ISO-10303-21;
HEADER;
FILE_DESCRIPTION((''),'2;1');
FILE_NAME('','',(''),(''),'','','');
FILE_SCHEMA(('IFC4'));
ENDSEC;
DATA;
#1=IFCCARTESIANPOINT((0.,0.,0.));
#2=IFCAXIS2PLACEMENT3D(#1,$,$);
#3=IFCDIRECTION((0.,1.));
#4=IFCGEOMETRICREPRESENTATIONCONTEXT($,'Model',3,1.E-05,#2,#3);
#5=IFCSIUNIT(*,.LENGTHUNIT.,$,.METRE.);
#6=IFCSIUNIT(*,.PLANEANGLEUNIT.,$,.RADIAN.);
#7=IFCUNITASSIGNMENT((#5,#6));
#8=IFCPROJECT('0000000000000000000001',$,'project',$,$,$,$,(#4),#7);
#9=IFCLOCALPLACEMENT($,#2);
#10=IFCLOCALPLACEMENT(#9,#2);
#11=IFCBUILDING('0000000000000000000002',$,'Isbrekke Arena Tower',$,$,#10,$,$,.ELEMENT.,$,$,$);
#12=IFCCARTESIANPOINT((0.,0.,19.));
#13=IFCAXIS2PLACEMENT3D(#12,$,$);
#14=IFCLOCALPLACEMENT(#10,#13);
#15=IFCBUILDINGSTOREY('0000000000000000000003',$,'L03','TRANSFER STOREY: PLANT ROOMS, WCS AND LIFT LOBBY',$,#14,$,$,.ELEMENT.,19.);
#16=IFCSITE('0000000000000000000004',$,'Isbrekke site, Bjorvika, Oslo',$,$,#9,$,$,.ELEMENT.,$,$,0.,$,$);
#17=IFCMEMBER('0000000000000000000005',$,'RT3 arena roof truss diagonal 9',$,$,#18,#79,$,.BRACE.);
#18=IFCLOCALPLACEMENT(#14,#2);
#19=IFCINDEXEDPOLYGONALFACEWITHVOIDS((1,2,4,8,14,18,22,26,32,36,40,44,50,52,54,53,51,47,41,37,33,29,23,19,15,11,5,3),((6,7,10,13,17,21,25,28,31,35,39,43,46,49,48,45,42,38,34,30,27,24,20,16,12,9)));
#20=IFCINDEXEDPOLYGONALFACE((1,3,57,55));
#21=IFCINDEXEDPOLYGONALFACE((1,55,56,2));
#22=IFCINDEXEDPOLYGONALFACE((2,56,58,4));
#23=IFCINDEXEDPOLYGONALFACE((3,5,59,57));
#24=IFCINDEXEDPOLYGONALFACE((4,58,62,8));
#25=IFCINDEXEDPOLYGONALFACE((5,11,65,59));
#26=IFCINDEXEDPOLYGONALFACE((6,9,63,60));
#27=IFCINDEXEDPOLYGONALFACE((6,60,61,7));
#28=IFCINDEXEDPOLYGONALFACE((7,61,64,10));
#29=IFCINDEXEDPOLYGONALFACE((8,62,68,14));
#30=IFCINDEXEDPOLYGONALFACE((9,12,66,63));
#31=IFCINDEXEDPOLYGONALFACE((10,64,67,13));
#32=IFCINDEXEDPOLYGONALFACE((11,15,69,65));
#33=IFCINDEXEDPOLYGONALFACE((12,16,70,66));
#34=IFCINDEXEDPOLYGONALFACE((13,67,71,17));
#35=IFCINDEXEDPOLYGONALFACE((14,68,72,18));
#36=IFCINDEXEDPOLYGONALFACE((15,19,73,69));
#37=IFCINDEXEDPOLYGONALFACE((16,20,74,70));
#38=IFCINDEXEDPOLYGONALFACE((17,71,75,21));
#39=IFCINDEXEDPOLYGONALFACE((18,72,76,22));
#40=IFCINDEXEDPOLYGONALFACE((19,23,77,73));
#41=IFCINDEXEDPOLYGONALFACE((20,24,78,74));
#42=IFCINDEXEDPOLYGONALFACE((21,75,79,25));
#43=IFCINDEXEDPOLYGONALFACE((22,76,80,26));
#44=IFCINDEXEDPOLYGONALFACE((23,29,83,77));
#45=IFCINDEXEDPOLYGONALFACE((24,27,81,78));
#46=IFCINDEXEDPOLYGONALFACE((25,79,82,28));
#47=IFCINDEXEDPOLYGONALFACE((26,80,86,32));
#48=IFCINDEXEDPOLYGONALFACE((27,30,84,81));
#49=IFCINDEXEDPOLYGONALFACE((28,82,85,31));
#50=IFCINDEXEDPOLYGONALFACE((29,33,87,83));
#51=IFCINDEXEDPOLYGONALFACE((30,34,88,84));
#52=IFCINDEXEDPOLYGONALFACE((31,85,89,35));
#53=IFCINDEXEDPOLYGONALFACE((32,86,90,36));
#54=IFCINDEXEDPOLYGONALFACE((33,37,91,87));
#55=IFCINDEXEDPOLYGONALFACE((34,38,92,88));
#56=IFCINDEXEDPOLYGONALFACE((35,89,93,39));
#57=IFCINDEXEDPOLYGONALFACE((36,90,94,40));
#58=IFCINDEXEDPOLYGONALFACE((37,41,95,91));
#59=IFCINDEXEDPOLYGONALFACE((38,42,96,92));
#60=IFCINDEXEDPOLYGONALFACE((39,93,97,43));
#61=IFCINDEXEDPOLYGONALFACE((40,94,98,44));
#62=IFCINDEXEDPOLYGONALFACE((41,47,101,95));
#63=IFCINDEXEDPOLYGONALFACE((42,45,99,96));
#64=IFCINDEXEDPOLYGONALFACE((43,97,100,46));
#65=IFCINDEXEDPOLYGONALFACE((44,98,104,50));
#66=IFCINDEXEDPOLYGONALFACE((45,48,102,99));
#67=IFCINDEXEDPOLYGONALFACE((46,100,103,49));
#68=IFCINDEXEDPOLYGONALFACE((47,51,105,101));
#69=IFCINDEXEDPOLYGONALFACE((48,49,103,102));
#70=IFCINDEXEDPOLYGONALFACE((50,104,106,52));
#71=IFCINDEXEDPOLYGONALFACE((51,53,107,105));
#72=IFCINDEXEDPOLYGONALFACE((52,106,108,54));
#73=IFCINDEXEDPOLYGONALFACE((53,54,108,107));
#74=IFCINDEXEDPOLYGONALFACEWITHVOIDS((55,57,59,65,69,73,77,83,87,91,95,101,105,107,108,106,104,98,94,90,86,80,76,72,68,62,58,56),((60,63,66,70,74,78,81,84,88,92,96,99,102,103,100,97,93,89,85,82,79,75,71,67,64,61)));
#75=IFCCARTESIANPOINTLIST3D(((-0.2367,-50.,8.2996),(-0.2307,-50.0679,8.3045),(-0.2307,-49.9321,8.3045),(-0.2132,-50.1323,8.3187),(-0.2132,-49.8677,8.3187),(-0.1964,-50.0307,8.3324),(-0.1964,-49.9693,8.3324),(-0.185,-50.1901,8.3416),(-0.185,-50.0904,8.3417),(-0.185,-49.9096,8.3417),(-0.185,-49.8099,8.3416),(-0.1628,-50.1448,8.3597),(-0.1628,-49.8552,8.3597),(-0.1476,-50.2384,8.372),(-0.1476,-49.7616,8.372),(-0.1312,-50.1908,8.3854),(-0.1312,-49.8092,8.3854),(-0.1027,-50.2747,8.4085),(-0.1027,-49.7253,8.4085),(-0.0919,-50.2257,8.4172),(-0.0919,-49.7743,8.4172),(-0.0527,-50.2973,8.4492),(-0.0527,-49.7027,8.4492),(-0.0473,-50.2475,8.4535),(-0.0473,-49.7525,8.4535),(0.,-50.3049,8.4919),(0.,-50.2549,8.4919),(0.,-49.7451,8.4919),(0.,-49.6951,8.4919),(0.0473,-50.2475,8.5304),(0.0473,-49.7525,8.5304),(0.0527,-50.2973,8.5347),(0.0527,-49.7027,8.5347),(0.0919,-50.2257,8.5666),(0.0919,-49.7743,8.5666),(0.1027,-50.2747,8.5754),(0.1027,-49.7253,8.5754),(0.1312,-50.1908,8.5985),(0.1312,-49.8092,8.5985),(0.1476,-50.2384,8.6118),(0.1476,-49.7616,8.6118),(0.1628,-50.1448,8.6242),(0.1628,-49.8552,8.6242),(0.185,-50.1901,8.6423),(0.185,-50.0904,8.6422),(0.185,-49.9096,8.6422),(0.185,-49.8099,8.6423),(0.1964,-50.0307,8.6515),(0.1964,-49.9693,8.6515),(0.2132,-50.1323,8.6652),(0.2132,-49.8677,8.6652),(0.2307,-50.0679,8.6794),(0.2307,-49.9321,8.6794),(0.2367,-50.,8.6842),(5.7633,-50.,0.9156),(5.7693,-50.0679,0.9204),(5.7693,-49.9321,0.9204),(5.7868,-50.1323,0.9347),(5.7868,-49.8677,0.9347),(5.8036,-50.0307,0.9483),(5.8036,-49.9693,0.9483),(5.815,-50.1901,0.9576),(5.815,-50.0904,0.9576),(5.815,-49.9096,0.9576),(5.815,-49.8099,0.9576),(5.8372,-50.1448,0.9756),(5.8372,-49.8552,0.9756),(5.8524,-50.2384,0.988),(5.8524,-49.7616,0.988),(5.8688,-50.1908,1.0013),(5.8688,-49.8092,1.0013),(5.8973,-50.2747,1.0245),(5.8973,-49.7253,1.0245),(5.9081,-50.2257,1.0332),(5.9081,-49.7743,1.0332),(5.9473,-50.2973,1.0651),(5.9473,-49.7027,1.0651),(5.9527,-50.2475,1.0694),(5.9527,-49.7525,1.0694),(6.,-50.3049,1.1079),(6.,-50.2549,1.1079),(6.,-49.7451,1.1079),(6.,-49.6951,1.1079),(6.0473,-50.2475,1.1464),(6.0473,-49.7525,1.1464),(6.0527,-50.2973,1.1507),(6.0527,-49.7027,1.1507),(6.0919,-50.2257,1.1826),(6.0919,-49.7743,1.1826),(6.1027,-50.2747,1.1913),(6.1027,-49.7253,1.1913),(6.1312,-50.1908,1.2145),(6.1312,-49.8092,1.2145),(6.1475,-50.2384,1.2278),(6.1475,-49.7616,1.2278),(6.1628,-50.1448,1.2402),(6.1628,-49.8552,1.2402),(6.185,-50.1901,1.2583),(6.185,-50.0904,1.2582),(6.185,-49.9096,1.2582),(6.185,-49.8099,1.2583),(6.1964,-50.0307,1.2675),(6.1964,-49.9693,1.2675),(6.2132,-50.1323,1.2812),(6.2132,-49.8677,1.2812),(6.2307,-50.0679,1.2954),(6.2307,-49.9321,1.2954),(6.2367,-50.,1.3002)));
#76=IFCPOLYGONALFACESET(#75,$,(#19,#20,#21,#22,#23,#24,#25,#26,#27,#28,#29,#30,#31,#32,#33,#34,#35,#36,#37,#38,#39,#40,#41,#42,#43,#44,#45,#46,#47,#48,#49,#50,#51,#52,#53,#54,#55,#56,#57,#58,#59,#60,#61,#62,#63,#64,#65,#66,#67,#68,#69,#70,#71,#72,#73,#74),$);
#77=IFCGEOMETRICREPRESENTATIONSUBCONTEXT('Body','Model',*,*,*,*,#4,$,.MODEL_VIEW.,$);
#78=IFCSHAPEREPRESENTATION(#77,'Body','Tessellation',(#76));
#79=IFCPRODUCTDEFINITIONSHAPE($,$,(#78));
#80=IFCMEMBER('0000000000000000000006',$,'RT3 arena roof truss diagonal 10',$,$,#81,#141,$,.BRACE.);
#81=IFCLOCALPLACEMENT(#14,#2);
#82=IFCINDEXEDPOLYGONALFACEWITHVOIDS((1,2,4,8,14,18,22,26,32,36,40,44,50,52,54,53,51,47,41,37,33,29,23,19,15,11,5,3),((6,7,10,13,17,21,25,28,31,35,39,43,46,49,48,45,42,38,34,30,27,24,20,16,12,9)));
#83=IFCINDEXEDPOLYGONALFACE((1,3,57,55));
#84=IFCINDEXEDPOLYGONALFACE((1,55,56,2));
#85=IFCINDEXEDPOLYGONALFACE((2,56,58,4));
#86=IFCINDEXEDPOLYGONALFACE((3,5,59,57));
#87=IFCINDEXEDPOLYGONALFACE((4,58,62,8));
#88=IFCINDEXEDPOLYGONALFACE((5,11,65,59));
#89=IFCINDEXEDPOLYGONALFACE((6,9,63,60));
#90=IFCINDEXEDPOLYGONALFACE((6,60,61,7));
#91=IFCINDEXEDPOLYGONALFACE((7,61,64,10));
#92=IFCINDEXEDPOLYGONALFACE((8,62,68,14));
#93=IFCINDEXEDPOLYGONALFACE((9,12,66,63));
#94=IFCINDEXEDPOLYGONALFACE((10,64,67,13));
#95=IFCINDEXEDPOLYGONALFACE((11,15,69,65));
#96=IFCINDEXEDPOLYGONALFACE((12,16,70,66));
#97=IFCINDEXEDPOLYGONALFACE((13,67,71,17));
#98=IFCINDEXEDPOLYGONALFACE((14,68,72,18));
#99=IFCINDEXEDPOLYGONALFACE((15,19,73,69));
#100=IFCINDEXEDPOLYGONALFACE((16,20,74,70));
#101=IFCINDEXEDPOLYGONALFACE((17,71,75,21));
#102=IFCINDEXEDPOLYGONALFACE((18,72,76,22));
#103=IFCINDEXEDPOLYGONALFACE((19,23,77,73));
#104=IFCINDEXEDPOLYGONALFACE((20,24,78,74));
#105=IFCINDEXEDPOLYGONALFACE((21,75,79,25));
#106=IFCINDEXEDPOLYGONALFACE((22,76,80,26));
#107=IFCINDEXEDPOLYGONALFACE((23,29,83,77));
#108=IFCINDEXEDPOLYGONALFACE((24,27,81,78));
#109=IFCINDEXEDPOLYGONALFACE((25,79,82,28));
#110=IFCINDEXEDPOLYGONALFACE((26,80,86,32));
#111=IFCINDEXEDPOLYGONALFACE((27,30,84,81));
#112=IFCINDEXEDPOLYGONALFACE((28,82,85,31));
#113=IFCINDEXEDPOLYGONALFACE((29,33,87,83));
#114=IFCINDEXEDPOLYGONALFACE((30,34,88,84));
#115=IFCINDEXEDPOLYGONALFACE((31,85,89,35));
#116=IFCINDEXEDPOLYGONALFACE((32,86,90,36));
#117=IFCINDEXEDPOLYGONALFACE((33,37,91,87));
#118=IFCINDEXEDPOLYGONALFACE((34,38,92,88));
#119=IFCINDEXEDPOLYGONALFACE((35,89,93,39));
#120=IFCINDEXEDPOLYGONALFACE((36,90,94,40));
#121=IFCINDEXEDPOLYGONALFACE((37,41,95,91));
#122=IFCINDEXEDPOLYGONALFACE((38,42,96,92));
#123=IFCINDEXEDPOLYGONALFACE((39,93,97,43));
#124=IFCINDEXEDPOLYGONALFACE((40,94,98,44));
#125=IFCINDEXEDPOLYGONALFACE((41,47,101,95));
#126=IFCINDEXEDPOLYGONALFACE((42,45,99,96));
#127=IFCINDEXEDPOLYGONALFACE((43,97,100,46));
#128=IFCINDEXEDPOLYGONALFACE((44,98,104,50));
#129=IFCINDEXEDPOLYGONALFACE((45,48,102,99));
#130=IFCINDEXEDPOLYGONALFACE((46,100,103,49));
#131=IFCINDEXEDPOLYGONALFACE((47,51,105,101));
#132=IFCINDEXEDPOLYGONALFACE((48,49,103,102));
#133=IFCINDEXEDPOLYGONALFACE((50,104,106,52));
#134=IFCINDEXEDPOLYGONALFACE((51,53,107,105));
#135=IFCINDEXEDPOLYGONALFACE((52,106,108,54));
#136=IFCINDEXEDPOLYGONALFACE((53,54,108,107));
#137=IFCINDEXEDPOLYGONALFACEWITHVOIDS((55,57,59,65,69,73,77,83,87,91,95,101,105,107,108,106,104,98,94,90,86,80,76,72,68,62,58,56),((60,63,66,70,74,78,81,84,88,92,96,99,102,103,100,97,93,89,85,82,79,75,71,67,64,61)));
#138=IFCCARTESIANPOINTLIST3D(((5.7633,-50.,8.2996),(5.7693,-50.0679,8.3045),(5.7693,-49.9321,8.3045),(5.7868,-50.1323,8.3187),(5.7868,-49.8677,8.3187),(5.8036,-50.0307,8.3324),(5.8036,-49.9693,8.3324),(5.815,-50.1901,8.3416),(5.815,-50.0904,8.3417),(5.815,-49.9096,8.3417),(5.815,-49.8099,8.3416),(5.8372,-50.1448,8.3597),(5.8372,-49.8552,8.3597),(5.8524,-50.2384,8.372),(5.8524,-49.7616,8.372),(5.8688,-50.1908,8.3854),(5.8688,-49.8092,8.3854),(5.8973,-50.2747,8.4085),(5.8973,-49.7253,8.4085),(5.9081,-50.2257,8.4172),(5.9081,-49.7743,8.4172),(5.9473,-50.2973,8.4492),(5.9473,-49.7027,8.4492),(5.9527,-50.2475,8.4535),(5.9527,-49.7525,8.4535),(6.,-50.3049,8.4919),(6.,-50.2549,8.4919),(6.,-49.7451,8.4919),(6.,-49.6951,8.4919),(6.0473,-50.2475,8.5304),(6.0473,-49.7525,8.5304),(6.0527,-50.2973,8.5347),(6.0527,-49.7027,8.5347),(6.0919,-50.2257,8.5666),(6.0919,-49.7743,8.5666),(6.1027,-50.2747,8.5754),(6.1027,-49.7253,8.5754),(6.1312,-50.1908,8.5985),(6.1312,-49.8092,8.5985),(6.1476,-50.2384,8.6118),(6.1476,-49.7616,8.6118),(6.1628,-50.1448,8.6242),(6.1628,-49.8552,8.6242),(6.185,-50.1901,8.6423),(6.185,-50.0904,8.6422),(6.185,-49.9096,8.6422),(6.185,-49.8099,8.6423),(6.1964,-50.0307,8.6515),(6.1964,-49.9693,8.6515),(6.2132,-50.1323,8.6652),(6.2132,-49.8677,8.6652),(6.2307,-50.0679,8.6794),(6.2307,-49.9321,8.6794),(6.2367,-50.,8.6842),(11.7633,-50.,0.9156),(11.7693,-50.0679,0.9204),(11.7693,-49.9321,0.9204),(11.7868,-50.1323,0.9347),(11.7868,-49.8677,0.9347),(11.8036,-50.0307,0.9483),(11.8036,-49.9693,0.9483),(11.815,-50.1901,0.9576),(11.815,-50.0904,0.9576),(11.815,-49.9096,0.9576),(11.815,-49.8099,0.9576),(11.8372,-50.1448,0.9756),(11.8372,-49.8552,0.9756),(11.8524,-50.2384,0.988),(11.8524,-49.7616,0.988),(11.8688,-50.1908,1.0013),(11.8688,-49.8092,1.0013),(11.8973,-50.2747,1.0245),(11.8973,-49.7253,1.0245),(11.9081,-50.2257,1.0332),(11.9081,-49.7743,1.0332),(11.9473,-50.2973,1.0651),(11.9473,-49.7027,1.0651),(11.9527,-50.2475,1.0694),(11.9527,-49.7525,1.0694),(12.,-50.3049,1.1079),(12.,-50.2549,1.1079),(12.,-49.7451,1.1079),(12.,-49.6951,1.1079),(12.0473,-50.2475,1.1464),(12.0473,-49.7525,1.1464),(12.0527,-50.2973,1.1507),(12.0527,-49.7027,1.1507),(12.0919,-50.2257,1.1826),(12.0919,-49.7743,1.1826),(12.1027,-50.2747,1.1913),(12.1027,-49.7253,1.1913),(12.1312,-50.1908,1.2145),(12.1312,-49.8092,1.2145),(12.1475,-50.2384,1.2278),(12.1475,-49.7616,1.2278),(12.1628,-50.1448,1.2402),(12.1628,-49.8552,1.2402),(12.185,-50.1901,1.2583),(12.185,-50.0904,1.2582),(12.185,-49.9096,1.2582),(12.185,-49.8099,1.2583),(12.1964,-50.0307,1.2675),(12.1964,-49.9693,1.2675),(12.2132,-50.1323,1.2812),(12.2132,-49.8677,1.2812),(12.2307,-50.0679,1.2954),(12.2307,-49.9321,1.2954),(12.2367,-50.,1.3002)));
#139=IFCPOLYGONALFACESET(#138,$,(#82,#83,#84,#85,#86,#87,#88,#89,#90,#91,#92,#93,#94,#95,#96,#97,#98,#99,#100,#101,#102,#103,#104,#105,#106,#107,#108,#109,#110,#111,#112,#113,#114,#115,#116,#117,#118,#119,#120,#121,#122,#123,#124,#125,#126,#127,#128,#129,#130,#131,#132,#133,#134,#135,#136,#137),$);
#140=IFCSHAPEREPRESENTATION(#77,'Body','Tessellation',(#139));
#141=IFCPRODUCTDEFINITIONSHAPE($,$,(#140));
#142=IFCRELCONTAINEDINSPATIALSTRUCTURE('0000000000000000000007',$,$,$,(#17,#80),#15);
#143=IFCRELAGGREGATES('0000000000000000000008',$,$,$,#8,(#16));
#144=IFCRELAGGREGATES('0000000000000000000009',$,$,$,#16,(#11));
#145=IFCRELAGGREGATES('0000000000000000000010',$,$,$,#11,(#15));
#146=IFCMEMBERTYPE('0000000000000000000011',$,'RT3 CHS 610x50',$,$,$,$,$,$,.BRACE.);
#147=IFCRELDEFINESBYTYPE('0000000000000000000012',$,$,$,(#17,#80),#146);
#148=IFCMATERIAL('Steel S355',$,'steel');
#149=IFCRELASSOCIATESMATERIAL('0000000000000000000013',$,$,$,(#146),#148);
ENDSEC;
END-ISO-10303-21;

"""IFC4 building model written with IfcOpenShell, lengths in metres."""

from ifc_helpers import new_model, si_unit, direction, frame, origin, origin_2d, place, context, subcontext, project, spatial, hollow_circle, extrude, material, material_profile, profile_set, type_object, element, save


model = new_model("IFC4")

# Units and contexts
model_context = context("Model", 3, precision=1e-05, world=origin(), true_north=direction((0.0, 1.0)))
body_context = subcontext(model_context, "Body", "Model", "MODEL_VIEW")
ifc_project = project(units=[si_unit("LENGTHUNIT", "METRE"), si_unit("PLANEANGLEUNIT", "RADIAN")], contexts=[model_context])

# Site, building, storey
site_placement = place(None, origin())
site = spatial("IfcSite", under=ifc_project, at=site_placement, Name="Isbrekke site, Bjorvika, Oslo", CompositionType="ELEMENT", RefElevation=0.0)
building_placement = place(site_placement, origin())
building = spatial("IfcBuilding", under=site, at=building_placement, Name="Isbrekke Arena Tower", CompositionType="ELEMENT")
storey_placement = place(building_placement, frame((0.0, 0.0, 19.0)))
storey = spatial("IfcBuildingStorey", under=building, at=storey_placement, Name="L03", Description="TRANSFER STOREY: PLANT ROOMS, WCS AND LIFT LOBBY", CompositionType="ELEMENT", Elevation=19.0)

# Members
ifc_material_1 = material(Name="Steel S355", Category="steel")
ifc_material_profile_1 = material_profile(ifc_material_1, hollow_circle(Radius=0.3049, WallThickness=0.05, at=origin_2d()), Name="CHS 610x50")
ifc_profile_set_1 = profile_set([ifc_material_profile_1], Name="Steel S355")
member_type_1 = type_object("IfcMemberType", Name="RT3 CHS 610x50", PredefinedType="BRACE", material=ifc_profile_set_1)
for number, where, z_axis, x_axis, name in (
    (1, (0.0, -50.0, 8.4919), (0.630623, 0.0, -0.77609), (0.0, 1.0, 0.0), "RT3 arena roof truss diagonal 9"),
    (2, (6.0, -50.0, 8.4919), (0.630623, 0.0, -0.77609), (0.0, 1.0, 0.0), "RT3 arena roof truss diagonal 10"),
):
    element("IfcMember", number, at=place(storey_placement, frame(where, z_axis=z_axis, x_axis=x_axis)), inside=storey, type_object=member_type_1, Name=name, PredefinedType="BRACE", context=body_context, shape_type="SweptSolid", body=[
        extrude(hollow_circle(Radius=0.3049, WallThickness=0.05, at=origin_2d()), origin(), (0.0, 0.0, 1.0), 9.5144),
    ])

save(model, "model.ifc")
